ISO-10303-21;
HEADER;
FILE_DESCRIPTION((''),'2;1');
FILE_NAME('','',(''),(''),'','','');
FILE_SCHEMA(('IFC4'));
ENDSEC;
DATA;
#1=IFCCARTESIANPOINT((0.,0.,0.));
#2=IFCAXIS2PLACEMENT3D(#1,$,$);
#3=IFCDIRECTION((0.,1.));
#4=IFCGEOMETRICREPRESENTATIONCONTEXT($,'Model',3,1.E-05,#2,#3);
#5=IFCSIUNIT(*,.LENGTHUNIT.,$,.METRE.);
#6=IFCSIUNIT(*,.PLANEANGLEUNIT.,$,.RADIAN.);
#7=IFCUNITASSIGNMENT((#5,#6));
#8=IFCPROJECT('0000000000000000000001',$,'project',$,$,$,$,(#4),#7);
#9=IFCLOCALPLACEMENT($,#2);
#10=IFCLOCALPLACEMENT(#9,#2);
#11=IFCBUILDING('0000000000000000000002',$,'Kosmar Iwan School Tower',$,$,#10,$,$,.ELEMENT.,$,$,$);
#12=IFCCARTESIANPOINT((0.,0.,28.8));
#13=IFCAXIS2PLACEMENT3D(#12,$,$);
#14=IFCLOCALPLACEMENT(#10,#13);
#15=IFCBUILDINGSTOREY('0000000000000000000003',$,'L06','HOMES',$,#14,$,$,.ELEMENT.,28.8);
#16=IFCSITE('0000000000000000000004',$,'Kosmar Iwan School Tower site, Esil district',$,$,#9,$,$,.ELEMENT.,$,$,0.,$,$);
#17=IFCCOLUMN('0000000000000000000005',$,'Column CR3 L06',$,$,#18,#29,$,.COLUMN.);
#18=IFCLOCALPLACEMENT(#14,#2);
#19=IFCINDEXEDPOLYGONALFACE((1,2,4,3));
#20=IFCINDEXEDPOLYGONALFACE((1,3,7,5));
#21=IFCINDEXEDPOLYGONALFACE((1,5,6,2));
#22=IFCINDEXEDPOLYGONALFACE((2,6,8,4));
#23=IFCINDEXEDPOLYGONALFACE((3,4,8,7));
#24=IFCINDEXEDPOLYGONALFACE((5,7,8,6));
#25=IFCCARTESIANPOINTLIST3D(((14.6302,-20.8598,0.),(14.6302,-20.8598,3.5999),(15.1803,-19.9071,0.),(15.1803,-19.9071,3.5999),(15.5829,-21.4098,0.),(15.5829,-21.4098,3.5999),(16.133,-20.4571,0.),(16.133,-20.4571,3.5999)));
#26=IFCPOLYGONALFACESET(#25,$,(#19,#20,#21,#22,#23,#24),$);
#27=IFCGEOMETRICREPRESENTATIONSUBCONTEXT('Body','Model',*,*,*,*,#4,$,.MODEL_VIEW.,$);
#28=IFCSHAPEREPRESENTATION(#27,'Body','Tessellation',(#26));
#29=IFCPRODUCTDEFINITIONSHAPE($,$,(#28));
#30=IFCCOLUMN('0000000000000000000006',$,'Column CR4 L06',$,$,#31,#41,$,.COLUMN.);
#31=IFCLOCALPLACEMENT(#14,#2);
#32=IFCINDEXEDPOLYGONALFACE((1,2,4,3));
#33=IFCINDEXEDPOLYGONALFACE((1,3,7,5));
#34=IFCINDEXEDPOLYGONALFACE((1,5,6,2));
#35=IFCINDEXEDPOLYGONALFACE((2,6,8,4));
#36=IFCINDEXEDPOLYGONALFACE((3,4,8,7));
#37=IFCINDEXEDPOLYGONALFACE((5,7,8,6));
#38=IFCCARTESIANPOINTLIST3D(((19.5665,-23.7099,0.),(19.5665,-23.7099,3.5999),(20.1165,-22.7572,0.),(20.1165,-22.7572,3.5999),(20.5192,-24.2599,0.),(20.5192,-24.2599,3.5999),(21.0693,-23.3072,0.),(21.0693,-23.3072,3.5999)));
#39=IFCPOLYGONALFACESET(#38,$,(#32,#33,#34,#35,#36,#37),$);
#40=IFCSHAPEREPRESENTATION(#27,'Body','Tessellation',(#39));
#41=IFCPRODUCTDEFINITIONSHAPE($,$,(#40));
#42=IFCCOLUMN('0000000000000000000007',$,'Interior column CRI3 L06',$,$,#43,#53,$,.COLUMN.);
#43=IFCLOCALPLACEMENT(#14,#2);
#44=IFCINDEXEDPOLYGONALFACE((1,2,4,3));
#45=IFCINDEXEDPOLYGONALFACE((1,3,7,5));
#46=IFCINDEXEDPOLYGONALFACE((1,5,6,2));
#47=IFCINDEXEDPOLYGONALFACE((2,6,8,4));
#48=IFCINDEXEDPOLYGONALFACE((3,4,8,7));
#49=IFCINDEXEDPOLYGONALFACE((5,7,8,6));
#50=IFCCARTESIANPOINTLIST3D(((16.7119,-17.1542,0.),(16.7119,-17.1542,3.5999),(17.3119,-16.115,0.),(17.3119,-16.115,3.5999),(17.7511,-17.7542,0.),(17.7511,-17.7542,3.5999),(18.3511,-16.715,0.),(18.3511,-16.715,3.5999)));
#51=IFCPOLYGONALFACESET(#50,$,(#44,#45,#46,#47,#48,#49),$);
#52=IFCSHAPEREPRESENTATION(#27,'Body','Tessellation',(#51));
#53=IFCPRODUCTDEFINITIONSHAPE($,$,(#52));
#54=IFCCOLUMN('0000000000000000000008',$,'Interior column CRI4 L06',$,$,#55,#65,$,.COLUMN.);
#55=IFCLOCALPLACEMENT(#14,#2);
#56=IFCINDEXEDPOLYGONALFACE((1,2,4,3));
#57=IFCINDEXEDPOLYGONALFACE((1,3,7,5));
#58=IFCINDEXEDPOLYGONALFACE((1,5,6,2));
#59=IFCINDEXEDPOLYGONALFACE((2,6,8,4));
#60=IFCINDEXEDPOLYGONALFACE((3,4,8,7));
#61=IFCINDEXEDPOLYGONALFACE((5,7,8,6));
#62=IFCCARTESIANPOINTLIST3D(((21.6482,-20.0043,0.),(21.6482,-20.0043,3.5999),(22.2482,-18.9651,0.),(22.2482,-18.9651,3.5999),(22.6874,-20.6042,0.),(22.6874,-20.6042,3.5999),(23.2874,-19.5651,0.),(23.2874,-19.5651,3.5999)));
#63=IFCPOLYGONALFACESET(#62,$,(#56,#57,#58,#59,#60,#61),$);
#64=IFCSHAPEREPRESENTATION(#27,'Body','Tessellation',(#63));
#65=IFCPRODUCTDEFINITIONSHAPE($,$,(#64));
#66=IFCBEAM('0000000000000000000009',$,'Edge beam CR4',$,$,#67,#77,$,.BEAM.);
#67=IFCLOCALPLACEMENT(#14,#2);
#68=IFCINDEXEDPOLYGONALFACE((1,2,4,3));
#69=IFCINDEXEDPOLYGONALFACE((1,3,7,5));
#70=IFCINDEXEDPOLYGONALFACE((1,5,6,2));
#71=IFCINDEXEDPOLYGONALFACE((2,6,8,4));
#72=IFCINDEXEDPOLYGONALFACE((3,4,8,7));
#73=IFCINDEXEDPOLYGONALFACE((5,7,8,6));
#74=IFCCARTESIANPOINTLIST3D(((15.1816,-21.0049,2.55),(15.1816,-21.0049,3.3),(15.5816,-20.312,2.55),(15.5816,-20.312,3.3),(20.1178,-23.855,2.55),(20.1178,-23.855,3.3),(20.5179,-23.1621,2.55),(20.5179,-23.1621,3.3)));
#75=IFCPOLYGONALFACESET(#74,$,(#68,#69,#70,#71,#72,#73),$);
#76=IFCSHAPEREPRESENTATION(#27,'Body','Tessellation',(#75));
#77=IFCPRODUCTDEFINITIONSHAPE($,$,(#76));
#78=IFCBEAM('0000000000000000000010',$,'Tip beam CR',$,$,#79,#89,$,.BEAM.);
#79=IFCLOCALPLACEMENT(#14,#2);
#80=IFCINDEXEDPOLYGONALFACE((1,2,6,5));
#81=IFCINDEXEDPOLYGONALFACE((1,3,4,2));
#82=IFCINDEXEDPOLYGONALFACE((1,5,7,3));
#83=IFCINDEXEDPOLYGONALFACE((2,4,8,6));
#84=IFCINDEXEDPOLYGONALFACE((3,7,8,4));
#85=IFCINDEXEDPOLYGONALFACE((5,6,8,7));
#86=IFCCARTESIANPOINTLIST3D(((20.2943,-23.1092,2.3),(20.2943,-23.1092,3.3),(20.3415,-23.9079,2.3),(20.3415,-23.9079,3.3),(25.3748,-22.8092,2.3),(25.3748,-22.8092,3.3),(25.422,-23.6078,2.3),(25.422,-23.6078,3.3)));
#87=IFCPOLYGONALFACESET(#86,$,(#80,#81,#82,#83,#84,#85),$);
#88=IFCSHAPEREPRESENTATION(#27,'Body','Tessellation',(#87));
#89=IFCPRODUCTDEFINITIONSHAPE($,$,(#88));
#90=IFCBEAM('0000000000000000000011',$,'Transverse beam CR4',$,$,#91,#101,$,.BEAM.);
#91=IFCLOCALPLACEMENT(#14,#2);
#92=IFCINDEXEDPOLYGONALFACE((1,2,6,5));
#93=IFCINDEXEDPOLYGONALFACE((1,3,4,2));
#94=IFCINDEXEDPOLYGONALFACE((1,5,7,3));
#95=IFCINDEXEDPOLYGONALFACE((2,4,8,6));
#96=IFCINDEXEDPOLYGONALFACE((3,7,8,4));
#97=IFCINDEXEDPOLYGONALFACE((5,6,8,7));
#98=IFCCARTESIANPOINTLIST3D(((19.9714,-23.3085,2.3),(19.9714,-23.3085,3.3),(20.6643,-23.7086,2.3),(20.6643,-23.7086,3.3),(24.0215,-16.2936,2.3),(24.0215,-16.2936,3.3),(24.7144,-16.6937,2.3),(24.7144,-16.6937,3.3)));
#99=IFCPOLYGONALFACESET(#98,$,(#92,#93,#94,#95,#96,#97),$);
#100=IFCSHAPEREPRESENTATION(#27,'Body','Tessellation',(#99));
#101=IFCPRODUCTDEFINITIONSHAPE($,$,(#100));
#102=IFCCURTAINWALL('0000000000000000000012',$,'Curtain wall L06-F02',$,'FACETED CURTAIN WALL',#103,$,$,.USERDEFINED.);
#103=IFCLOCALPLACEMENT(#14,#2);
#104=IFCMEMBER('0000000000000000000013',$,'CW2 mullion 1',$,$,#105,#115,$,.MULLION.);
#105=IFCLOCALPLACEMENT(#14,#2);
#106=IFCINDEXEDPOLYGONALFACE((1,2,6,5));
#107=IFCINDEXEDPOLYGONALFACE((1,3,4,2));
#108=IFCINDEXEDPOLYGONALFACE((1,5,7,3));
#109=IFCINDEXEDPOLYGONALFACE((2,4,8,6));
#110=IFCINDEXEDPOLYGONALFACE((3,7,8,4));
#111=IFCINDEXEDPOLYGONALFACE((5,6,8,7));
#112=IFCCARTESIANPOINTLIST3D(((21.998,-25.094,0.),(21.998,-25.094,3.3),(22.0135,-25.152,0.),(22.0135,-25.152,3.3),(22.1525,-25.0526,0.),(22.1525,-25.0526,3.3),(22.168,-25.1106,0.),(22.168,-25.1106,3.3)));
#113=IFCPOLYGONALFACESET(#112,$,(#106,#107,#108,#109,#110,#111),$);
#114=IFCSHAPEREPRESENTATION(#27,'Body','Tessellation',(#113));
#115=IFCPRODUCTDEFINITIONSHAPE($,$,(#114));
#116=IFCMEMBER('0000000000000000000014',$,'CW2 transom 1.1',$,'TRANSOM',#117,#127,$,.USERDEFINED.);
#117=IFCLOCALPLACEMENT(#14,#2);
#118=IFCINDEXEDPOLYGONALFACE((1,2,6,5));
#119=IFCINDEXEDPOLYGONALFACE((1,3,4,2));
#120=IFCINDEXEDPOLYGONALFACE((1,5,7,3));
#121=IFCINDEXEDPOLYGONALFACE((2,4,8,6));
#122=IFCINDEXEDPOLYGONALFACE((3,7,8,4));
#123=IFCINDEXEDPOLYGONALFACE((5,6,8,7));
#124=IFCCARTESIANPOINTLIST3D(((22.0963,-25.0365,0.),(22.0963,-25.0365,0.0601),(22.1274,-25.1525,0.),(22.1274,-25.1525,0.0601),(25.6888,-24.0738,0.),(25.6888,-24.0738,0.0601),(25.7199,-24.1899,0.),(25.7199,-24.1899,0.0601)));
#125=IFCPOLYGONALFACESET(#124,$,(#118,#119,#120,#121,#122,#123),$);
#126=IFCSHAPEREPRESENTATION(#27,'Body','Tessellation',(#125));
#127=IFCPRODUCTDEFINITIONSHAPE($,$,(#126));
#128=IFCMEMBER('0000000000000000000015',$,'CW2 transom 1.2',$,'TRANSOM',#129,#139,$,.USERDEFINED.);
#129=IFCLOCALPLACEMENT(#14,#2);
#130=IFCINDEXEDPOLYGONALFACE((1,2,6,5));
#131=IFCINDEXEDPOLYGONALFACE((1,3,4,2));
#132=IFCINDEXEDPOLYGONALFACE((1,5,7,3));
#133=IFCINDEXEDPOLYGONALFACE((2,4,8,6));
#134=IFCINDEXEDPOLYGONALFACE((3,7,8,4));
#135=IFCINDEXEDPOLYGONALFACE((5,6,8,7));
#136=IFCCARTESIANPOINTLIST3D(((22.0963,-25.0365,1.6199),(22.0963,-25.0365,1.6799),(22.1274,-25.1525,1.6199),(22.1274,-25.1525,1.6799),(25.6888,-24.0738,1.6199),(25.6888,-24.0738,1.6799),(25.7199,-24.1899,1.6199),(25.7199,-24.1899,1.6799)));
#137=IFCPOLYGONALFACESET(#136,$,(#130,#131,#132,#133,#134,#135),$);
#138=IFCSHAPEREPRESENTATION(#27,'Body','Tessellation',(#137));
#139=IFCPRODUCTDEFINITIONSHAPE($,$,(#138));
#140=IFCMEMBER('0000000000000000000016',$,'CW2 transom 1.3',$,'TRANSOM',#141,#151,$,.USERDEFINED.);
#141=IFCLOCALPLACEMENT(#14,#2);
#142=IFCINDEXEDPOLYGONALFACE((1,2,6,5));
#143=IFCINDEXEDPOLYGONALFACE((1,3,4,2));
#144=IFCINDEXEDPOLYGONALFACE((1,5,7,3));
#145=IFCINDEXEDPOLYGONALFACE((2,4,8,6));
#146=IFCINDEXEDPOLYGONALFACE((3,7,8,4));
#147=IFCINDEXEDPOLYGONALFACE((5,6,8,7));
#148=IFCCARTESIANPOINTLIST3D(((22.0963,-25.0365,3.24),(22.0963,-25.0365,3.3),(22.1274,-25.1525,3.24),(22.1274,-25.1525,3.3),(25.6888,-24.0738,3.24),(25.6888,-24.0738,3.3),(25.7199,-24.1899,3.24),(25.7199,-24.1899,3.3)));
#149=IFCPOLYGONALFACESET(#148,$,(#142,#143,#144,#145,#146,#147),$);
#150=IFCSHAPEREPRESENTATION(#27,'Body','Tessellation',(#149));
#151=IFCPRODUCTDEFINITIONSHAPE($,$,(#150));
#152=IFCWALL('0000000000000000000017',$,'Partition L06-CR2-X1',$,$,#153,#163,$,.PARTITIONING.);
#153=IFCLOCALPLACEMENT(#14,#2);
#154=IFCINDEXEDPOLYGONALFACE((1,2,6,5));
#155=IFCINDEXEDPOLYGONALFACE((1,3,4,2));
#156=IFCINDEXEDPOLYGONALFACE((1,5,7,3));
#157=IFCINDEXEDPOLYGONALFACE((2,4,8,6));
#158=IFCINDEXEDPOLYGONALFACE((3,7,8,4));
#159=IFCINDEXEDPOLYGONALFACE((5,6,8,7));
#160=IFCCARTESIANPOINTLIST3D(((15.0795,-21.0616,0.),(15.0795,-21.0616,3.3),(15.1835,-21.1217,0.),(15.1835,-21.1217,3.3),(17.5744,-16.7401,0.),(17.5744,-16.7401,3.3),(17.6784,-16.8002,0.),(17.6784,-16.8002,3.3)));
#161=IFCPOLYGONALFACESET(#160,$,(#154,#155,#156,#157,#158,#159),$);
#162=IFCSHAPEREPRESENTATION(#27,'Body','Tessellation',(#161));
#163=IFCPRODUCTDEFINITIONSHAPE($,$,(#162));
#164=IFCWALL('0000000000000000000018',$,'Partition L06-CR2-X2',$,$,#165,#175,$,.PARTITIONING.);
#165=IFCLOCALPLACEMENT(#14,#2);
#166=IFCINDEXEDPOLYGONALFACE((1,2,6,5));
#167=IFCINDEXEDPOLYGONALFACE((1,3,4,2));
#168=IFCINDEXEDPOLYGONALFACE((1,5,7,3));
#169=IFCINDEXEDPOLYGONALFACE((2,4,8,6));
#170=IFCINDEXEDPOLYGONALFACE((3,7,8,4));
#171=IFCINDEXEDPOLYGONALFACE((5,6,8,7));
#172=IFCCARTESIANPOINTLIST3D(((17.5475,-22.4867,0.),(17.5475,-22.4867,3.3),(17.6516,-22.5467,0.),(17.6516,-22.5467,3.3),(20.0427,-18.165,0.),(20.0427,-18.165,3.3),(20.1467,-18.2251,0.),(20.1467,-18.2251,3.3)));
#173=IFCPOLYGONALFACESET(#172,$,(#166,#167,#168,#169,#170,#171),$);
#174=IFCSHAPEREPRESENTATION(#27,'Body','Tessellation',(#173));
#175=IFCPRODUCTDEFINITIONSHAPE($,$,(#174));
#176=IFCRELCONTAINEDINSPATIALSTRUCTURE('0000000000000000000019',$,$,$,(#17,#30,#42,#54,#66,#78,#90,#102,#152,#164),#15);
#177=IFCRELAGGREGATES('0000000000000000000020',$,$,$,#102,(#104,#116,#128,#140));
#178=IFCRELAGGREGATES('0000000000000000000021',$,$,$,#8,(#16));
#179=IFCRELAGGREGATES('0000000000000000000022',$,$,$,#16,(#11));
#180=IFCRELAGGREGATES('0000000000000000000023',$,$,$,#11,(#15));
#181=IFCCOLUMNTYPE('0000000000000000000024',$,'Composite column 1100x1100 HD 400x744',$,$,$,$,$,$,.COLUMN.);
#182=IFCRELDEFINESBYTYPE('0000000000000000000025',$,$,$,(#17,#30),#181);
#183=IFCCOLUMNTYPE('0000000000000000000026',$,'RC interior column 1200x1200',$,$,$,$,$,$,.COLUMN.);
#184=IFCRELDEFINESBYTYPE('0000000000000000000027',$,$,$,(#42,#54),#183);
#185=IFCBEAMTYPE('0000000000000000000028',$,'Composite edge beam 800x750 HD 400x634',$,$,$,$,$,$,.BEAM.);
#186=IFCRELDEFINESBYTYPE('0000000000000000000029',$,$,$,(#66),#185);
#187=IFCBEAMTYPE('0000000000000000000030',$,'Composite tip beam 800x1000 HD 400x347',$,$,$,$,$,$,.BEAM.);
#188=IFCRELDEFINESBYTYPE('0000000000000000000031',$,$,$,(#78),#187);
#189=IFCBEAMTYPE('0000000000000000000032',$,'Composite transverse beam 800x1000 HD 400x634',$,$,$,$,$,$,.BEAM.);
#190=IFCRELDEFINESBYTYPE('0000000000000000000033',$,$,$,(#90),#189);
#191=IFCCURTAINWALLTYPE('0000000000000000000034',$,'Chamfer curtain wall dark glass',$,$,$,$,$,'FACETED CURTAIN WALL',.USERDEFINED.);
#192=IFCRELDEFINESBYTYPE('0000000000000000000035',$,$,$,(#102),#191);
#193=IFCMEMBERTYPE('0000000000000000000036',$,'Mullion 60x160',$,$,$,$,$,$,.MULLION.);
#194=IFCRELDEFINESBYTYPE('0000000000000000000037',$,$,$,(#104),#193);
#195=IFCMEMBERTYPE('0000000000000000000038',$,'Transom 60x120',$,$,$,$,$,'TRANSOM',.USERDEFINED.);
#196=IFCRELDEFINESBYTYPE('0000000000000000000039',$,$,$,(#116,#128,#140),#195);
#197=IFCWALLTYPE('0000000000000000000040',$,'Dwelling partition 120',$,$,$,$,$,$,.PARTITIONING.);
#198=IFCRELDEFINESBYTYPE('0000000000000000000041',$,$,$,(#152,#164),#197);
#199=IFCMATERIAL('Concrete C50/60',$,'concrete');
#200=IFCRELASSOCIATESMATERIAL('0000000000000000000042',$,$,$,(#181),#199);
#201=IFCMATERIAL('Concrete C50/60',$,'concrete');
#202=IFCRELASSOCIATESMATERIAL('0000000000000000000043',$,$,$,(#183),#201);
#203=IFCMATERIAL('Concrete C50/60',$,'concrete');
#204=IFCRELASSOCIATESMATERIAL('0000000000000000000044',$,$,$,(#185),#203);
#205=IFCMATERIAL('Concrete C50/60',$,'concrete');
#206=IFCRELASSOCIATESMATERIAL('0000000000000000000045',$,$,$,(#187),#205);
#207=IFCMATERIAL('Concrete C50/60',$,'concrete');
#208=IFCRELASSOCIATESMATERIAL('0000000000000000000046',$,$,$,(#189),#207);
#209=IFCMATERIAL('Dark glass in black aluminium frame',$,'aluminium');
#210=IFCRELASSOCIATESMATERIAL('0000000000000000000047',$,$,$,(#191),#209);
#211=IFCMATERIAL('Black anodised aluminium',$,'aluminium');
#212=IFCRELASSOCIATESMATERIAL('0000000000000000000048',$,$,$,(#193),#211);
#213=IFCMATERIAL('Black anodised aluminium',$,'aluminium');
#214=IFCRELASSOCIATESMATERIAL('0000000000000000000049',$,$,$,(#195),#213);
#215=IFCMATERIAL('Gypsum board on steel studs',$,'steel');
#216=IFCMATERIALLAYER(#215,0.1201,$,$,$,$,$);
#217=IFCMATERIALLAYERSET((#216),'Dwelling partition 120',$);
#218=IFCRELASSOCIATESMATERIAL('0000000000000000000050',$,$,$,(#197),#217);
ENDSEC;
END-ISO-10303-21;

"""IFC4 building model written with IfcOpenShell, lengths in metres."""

from ifc_helpers import new_model, si_unit, direction, frame, frame_2d, origin, origin_2d, place, context, subcontext, project, spatial, rectangle, extrude, material, layer, layer_set, material_profile, profile_set, type_object, element, aggregate, save


model = new_model("IFC4")

# Units and contexts
model_context = context("Model", 3, precision=1e-05, world=origin(), true_north=direction((0.0, 1.0)))
body_context = subcontext(model_context, "Body", "Model", "MODEL_VIEW")
ifc_project = project(units=[si_unit("LENGTHUNIT", "METRE"), si_unit("PLANEANGLEUNIT", "RADIAN")], contexts=[model_context])

# Site, building, storey
site_placement = place(None, origin())
site = spatial("IfcSite", under=ifc_project, at=site_placement, Name="Kosmar Iwan School Tower site, Esil district", CompositionType="ELEMENT", RefElevation=0.0)
building_placement = place(site_placement, origin())
building = spatial("IfcBuilding", under=site, at=building_placement, Name="Kosmar Iwan School Tower", CompositionType="ELEMENT")
storey_placement = place(building_placement, frame((0.0, 0.0, 28.8)))
storey = spatial("IfcBuildingStorey", under=building, at=storey_placement, Name="L06", Description="HOMES", CompositionType="ELEMENT", Elevation=28.8)

# Columns
ifc_material_1 = material(Name="Concrete C50/60", Category="concrete")
ifc_material_profile_1 = material_profile(ifc_material_1, rectangle(XDim=1.1001, YDim=1.1001, at=origin_2d()), Name="RC 1100x1100 + HD 400x744")
ifc_profile_set_1 = profile_set([ifc_material_profile_1], Name="Concrete C50/60")
column_type_1 = type_object("IfcColumnType", Name="Composite column 1100x1100 HD 400x744", PredefinedType="COLUMN", material=ifc_profile_set_1)
for number, where, z_axis, x_axis, name in (
    (1, (15.3816, -20.6584, 0.0), (0.0, 0.0, 1.0), (0.866025, -0.5, 0.0), "Column CR3 L06"),
    (2, (20.3179, -23.5085, 0.0), (0.0, 0.0, 1.0), (0.866025, -0.5, 0.0), "Column CR4 L06"),
):
    element("IfcColumn", number, at=place(storey_placement, frame(where, z_axis=z_axis, x_axis=x_axis)), inside=storey, type_object=column_type_1, Name=name, PredefinedType="COLUMN", context=body_context, shape_type="SweptSolid", body=[
        extrude(rectangle(XDim=1.1001, YDim=1.1001, at=origin_2d()), origin(), (0.0, 0.0, 1.0), 3.5999),
    ])
ifc_material_2 = material(Name="Concrete C50/60", Category="concrete")
ifc_material_profile_2 = material_profile(ifc_material_2, rectangle(XDim=1.2, YDim=1.2, at=origin_2d()), Name="RC 1200x1200")
ifc_profile_set_2 = profile_set([ifc_material_profile_2], Name="Concrete C50/60")
column_type_2 = type_object("IfcColumnType", Name="RC interior column 1200x1200", PredefinedType="COLUMN", material=ifc_profile_set_2)
for number, where, z_axis, x_axis, name in (
    (3, (17.5315, -16.9346, 0.0), (0.0, 0.0, 1.0), (0.866025, -0.5, 0.0), "Interior column CRI3 L06"),
    (4, (22.4678, -19.7847, 0.0), (0.0, 0.0, 1.0), (0.866025, -0.5, 0.0), "Interior column CRI4 L06"),
):
    element("IfcColumn", number, at=place(storey_placement, frame(where, z_axis=z_axis, x_axis=x_axis)), inside=storey, type_object=column_type_2, Name=name, PredefinedType="COLUMN", context=body_context, shape_type="SweptSolid", body=[
        extrude(rectangle(XDim=1.2, YDim=1.2, at=origin_2d()), origin(), (0.0, 0.0, 1.0), 3.5999),
    ])

# Beams
ifc_material_3 = material(Name="Concrete C50/60", Category="concrete")
ifc_material_profile_3 = material_profile(ifc_material_3, rectangle(XDim=0.8, YDim=0.75, at=origin_2d()), Name="RC 800x750 + HD 400x634")
ifc_profile_set_3 = profile_set([ifc_material_profile_3], Name="Concrete C50/60")
beam_type_1 = type_object("IfcBeamType", Name="Composite edge beam 800x750 HD 400x634", PredefinedType="BEAM", material=ifc_profile_set_3)
beam_1_placement = place(storey_placement, frame((15.3816, -20.6584, 2.925), z_axis=(0.866015, -0.500018, 0.0), x_axis=(0.500018, 0.866015, 0.0)))
element("IfcBeam", 5, at=beam_1_placement, inside=storey, type_object=beam_type_1, Name="Edge beam CR4", PredefinedType="BEAM", context=body_context, shape_type="SweptSolid", body=[
    extrude(rectangle(XDim=0.8, YDim=0.75, at=origin_2d()), origin(), (0.0, 0.0, 1.0), 5.7),
])
ifc_material_4 = material(Name="Concrete C50/60", Category="concrete")
ifc_material_profile_4 = material_profile(ifc_material_4, rectangle(XDim=0.8, YDim=1.0, at=origin_2d()), Name="RC 800x1000 + HD 400x347")
ifc_profile_set_4 = profile_set([ifc_material_profile_4], Name="Concrete C50/60")
beam_type_2 = type_object("IfcBeamType", Name="Composite tip beam 800x1000 HD 400x347", PredefinedType="BEAM", material=ifc_profile_set_4)
beam_2_placement = place(storey_placement, frame((20.3179, -23.5085, 2.8), z_axis=(0.998261, 0.058955, 0.0), x_axis=(-0.058955, 0.998261, 0.0)))
element("IfcBeam", 6, at=beam_2_placement, inside=storey, type_object=beam_type_2, Name="Tip beam CR", PredefinedType="BEAM", context=body_context, shape_type="SweptSolid", body=[
    extrude(rectangle(XDim=0.8, YDim=1.0, at=origin_2d()), origin(), (0.0, 0.0, 1.0), 5.0894),
])
ifc_material_5 = material(Name="Concrete C50/60", Category="concrete")
ifc_material_profile_5 = material_profile(ifc_material_5, rectangle(XDim=0.8, YDim=1.0, at=origin_2d()), Name="RC 800x1000 + HD 400x634")
ifc_profile_set_5 = profile_set([ifc_material_profile_5], Name="Concrete C50/60")
beam_type_3 = type_object("IfcBeamType", Name="Composite transverse beam 800x1000 HD 400x634", PredefinedType="BEAM", material=ifc_profile_set_5)
beam_3_placement = place(storey_placement, frame((20.3179, -23.5085, 2.8), z_axis=(0.5, 0.866025, 0.0), x_axis=(-0.866025, 0.5, 0.0)))
element("IfcBeam", 7, at=beam_3_placement, inside=storey, type_object=beam_type_3, Name="Transverse beam CR4", PredefinedType="BEAM", context=body_context, shape_type="SweptSolid", body=[
    extrude(rectangle(XDim=0.8, YDim=1.0, at=origin_2d()), origin(), (0.0, 0.0, 1.0), 8.1001),
])

# Curtain wall, members
ifc_material_6 = material(Name="Dark glass in black aluminium frame", Category="aluminium")
curtain_wall_type = type_object("IfcCurtainWallType", Name="Chamfer curtain wall dark glass", ElementType="FACETED CURTAIN WALL", PredefinedType="USERDEFINED", material=ifc_material_6)
curtain_wall_placement = place(storey_placement, origin())
curtain_wall = element("IfcCurtainWall", 8, at=curtain_wall_placement, inside=storey, type_object=curtain_wall_type, Name="Curtain wall L06-F02", ObjectType="FACETED CURTAIN WALL", PredefinedType="USERDEFINED")
ifc_material_7 = material(Name="Black anodised aluminium", Category="aluminium")
ifc_material_profile_6 = material_profile(ifc_material_7, rectangle(XDim=0.0601, YDim=0.1599, at=origin_2d()), Name="MULLION 60x160")
ifc_profile_set_6 = profile_set([ifc_material_profile_6], Name="Black anodised aluminium")
member_type_1 = type_object("IfcMemberType", Name="Mullion 60x160", PredefinedType="MULLION", material=ifc_profile_set_6)
member_1_placement = place(storey_placement, frame((22.083, -25.1023, 0.0), z_axis=(0.0, 0.0, 1.0), x_axis=(-0.258819, 0.965926, 0.0)))
member_1 = element("IfcMember", 9, at=member_1_placement, type_object=member_type_1, Name="CW2 mullion 1", PredefinedType="MULLION", context=body_context, shape_type="SweptSolid", body=[
    extrude(rectangle(XDim=0.0601, YDim=0.1599, at=origin_2d()), origin(), (0.0, 0.0, 1.0), 3.3),
])
ifc_material_8 = material(Name="Black anodised aluminium", Category="aluminium")
ifc_material_profile_7 = material_profile(ifc_material_8, rectangle(XDim=0.1201, YDim=0.0601, at=origin_2d()), Name="TRANSOM 60x120")
ifc_profile_set_7 = profile_set([ifc_material_profile_7], Name="Black anodised aluminium")
member_type_2 = type_object("IfcMemberType", Name="Transom 60x120", ElementType="TRANSOM", PredefinedType="USERDEFINED", material=ifc_profile_set_7)
member_2_placement = place(storey_placement, frame((22.1118, -25.0945, 0.03), z_axis=(0.965924, 0.258827, 0.0), x_axis=(-0.258827, 0.965924, 0.0)))
member_2 = element("IfcMember", 10, at=member_2_placement, type_object=member_type_2, Name="CW2 transom 1.1", ObjectType="TRANSOM", PredefinedType="USERDEFINED", context=body_context, shape_type="SweptSolid", body=[
    extrude(rectangle(XDim=0.1201, YDim=0.0601, at=origin_2d()), origin(), (0.0, 0.0, 1.0), 3.7192),
])
member_3_placement = place(storey_placement, frame((22.1118, -25.0945, 1.6499), z_axis=(0.965924, 0.258827, 0.0), x_axis=(-0.258827, 0.965924, 0.0)))
member_3 = element("IfcMember", 11, at=member_3_placement, type_object=member_type_2, Name="CW2 transom 1.2", ObjectType="TRANSOM", PredefinedType="USERDEFINED", context=body_context, shape_type="SweptSolid", body=[
    extrude(rectangle(XDim=0.1201, YDim=0.0601, at=origin_2d()), origin(), (0.0, 0.0, 1.0), 3.7192),
])
member_4_placement = place(storey_placement, frame((22.1118, -25.0945, 3.27), z_axis=(0.965924, 0.258827, 0.0), x_axis=(-0.258827, 0.965924, 0.0)))
member_4 = element("IfcMember", 12, at=member_4_placement, type_object=member_type_2, Name="CW2 transom 1.3", ObjectType="TRANSOM", PredefinedType="USERDEFINED", context=body_context, shape_type="SweptSolid", body=[
    extrude(rectangle(XDim=0.1201, YDim=0.0601, at=origin_2d()), origin(), (0.0, 0.0, 1.0), 3.7192),
])
aggregate(curtain_wall, [member_1, member_2, member_3, member_4])

# Walls
ifc_material_9 = material(Name="Gypsum board on steel studs", Category="steel")
ifc_layer = layer(ifc_material_9, 0.1201)
ifc_layer_set = layer_set([ifc_layer], Name="Dwelling partition 120")
wall_type = type_object("IfcWallType", Name="Dwelling partition 120", PredefinedType="PARTITIONING", material=ifc_layer_set)
wall_1_placement = place(storey_placement, frame((17.6265, -16.77, 0.0), z_axis=(0.0, 0.0, 1.0), x_axis=(-0.499975, -0.86604, 0.0)))
element("IfcWall", 13, at=wall_1_placement, inside=storey, type_object=wall_type, Name="Partition L06-CR2-X1", PredefinedType="PARTITIONING", context=body_context, shape_type="SweptSolid", body=[
    extrude(rectangle(XDim=4.99, YDim=0.1201, at=frame_2d((2.4951, 0.0))), origin(), (0.0, 0.0, 1.0), 3.3),
])
wall_2_placement = place(storey_placement, frame((20.0947, -18.1951, 0.0), z_axis=(0.0, 0.0, 1.0), x_axis=(-0.500012, -0.866019, 0.0)))
element("IfcWall", 14, at=wall_2_placement, inside=storey, type_object=wall_type, Name="Partition L06-CR2-X2", PredefinedType="PARTITIONING", context=body_context, shape_type="SweptSolid", body=[
    extrude(rectangle(XDim=4.9902, YDim=0.1201, at=frame_2d((2.4951, 0.0))), origin(), (0.0, 0.0, 1.0), 3.3),
])

save(model, "model.ifc")
